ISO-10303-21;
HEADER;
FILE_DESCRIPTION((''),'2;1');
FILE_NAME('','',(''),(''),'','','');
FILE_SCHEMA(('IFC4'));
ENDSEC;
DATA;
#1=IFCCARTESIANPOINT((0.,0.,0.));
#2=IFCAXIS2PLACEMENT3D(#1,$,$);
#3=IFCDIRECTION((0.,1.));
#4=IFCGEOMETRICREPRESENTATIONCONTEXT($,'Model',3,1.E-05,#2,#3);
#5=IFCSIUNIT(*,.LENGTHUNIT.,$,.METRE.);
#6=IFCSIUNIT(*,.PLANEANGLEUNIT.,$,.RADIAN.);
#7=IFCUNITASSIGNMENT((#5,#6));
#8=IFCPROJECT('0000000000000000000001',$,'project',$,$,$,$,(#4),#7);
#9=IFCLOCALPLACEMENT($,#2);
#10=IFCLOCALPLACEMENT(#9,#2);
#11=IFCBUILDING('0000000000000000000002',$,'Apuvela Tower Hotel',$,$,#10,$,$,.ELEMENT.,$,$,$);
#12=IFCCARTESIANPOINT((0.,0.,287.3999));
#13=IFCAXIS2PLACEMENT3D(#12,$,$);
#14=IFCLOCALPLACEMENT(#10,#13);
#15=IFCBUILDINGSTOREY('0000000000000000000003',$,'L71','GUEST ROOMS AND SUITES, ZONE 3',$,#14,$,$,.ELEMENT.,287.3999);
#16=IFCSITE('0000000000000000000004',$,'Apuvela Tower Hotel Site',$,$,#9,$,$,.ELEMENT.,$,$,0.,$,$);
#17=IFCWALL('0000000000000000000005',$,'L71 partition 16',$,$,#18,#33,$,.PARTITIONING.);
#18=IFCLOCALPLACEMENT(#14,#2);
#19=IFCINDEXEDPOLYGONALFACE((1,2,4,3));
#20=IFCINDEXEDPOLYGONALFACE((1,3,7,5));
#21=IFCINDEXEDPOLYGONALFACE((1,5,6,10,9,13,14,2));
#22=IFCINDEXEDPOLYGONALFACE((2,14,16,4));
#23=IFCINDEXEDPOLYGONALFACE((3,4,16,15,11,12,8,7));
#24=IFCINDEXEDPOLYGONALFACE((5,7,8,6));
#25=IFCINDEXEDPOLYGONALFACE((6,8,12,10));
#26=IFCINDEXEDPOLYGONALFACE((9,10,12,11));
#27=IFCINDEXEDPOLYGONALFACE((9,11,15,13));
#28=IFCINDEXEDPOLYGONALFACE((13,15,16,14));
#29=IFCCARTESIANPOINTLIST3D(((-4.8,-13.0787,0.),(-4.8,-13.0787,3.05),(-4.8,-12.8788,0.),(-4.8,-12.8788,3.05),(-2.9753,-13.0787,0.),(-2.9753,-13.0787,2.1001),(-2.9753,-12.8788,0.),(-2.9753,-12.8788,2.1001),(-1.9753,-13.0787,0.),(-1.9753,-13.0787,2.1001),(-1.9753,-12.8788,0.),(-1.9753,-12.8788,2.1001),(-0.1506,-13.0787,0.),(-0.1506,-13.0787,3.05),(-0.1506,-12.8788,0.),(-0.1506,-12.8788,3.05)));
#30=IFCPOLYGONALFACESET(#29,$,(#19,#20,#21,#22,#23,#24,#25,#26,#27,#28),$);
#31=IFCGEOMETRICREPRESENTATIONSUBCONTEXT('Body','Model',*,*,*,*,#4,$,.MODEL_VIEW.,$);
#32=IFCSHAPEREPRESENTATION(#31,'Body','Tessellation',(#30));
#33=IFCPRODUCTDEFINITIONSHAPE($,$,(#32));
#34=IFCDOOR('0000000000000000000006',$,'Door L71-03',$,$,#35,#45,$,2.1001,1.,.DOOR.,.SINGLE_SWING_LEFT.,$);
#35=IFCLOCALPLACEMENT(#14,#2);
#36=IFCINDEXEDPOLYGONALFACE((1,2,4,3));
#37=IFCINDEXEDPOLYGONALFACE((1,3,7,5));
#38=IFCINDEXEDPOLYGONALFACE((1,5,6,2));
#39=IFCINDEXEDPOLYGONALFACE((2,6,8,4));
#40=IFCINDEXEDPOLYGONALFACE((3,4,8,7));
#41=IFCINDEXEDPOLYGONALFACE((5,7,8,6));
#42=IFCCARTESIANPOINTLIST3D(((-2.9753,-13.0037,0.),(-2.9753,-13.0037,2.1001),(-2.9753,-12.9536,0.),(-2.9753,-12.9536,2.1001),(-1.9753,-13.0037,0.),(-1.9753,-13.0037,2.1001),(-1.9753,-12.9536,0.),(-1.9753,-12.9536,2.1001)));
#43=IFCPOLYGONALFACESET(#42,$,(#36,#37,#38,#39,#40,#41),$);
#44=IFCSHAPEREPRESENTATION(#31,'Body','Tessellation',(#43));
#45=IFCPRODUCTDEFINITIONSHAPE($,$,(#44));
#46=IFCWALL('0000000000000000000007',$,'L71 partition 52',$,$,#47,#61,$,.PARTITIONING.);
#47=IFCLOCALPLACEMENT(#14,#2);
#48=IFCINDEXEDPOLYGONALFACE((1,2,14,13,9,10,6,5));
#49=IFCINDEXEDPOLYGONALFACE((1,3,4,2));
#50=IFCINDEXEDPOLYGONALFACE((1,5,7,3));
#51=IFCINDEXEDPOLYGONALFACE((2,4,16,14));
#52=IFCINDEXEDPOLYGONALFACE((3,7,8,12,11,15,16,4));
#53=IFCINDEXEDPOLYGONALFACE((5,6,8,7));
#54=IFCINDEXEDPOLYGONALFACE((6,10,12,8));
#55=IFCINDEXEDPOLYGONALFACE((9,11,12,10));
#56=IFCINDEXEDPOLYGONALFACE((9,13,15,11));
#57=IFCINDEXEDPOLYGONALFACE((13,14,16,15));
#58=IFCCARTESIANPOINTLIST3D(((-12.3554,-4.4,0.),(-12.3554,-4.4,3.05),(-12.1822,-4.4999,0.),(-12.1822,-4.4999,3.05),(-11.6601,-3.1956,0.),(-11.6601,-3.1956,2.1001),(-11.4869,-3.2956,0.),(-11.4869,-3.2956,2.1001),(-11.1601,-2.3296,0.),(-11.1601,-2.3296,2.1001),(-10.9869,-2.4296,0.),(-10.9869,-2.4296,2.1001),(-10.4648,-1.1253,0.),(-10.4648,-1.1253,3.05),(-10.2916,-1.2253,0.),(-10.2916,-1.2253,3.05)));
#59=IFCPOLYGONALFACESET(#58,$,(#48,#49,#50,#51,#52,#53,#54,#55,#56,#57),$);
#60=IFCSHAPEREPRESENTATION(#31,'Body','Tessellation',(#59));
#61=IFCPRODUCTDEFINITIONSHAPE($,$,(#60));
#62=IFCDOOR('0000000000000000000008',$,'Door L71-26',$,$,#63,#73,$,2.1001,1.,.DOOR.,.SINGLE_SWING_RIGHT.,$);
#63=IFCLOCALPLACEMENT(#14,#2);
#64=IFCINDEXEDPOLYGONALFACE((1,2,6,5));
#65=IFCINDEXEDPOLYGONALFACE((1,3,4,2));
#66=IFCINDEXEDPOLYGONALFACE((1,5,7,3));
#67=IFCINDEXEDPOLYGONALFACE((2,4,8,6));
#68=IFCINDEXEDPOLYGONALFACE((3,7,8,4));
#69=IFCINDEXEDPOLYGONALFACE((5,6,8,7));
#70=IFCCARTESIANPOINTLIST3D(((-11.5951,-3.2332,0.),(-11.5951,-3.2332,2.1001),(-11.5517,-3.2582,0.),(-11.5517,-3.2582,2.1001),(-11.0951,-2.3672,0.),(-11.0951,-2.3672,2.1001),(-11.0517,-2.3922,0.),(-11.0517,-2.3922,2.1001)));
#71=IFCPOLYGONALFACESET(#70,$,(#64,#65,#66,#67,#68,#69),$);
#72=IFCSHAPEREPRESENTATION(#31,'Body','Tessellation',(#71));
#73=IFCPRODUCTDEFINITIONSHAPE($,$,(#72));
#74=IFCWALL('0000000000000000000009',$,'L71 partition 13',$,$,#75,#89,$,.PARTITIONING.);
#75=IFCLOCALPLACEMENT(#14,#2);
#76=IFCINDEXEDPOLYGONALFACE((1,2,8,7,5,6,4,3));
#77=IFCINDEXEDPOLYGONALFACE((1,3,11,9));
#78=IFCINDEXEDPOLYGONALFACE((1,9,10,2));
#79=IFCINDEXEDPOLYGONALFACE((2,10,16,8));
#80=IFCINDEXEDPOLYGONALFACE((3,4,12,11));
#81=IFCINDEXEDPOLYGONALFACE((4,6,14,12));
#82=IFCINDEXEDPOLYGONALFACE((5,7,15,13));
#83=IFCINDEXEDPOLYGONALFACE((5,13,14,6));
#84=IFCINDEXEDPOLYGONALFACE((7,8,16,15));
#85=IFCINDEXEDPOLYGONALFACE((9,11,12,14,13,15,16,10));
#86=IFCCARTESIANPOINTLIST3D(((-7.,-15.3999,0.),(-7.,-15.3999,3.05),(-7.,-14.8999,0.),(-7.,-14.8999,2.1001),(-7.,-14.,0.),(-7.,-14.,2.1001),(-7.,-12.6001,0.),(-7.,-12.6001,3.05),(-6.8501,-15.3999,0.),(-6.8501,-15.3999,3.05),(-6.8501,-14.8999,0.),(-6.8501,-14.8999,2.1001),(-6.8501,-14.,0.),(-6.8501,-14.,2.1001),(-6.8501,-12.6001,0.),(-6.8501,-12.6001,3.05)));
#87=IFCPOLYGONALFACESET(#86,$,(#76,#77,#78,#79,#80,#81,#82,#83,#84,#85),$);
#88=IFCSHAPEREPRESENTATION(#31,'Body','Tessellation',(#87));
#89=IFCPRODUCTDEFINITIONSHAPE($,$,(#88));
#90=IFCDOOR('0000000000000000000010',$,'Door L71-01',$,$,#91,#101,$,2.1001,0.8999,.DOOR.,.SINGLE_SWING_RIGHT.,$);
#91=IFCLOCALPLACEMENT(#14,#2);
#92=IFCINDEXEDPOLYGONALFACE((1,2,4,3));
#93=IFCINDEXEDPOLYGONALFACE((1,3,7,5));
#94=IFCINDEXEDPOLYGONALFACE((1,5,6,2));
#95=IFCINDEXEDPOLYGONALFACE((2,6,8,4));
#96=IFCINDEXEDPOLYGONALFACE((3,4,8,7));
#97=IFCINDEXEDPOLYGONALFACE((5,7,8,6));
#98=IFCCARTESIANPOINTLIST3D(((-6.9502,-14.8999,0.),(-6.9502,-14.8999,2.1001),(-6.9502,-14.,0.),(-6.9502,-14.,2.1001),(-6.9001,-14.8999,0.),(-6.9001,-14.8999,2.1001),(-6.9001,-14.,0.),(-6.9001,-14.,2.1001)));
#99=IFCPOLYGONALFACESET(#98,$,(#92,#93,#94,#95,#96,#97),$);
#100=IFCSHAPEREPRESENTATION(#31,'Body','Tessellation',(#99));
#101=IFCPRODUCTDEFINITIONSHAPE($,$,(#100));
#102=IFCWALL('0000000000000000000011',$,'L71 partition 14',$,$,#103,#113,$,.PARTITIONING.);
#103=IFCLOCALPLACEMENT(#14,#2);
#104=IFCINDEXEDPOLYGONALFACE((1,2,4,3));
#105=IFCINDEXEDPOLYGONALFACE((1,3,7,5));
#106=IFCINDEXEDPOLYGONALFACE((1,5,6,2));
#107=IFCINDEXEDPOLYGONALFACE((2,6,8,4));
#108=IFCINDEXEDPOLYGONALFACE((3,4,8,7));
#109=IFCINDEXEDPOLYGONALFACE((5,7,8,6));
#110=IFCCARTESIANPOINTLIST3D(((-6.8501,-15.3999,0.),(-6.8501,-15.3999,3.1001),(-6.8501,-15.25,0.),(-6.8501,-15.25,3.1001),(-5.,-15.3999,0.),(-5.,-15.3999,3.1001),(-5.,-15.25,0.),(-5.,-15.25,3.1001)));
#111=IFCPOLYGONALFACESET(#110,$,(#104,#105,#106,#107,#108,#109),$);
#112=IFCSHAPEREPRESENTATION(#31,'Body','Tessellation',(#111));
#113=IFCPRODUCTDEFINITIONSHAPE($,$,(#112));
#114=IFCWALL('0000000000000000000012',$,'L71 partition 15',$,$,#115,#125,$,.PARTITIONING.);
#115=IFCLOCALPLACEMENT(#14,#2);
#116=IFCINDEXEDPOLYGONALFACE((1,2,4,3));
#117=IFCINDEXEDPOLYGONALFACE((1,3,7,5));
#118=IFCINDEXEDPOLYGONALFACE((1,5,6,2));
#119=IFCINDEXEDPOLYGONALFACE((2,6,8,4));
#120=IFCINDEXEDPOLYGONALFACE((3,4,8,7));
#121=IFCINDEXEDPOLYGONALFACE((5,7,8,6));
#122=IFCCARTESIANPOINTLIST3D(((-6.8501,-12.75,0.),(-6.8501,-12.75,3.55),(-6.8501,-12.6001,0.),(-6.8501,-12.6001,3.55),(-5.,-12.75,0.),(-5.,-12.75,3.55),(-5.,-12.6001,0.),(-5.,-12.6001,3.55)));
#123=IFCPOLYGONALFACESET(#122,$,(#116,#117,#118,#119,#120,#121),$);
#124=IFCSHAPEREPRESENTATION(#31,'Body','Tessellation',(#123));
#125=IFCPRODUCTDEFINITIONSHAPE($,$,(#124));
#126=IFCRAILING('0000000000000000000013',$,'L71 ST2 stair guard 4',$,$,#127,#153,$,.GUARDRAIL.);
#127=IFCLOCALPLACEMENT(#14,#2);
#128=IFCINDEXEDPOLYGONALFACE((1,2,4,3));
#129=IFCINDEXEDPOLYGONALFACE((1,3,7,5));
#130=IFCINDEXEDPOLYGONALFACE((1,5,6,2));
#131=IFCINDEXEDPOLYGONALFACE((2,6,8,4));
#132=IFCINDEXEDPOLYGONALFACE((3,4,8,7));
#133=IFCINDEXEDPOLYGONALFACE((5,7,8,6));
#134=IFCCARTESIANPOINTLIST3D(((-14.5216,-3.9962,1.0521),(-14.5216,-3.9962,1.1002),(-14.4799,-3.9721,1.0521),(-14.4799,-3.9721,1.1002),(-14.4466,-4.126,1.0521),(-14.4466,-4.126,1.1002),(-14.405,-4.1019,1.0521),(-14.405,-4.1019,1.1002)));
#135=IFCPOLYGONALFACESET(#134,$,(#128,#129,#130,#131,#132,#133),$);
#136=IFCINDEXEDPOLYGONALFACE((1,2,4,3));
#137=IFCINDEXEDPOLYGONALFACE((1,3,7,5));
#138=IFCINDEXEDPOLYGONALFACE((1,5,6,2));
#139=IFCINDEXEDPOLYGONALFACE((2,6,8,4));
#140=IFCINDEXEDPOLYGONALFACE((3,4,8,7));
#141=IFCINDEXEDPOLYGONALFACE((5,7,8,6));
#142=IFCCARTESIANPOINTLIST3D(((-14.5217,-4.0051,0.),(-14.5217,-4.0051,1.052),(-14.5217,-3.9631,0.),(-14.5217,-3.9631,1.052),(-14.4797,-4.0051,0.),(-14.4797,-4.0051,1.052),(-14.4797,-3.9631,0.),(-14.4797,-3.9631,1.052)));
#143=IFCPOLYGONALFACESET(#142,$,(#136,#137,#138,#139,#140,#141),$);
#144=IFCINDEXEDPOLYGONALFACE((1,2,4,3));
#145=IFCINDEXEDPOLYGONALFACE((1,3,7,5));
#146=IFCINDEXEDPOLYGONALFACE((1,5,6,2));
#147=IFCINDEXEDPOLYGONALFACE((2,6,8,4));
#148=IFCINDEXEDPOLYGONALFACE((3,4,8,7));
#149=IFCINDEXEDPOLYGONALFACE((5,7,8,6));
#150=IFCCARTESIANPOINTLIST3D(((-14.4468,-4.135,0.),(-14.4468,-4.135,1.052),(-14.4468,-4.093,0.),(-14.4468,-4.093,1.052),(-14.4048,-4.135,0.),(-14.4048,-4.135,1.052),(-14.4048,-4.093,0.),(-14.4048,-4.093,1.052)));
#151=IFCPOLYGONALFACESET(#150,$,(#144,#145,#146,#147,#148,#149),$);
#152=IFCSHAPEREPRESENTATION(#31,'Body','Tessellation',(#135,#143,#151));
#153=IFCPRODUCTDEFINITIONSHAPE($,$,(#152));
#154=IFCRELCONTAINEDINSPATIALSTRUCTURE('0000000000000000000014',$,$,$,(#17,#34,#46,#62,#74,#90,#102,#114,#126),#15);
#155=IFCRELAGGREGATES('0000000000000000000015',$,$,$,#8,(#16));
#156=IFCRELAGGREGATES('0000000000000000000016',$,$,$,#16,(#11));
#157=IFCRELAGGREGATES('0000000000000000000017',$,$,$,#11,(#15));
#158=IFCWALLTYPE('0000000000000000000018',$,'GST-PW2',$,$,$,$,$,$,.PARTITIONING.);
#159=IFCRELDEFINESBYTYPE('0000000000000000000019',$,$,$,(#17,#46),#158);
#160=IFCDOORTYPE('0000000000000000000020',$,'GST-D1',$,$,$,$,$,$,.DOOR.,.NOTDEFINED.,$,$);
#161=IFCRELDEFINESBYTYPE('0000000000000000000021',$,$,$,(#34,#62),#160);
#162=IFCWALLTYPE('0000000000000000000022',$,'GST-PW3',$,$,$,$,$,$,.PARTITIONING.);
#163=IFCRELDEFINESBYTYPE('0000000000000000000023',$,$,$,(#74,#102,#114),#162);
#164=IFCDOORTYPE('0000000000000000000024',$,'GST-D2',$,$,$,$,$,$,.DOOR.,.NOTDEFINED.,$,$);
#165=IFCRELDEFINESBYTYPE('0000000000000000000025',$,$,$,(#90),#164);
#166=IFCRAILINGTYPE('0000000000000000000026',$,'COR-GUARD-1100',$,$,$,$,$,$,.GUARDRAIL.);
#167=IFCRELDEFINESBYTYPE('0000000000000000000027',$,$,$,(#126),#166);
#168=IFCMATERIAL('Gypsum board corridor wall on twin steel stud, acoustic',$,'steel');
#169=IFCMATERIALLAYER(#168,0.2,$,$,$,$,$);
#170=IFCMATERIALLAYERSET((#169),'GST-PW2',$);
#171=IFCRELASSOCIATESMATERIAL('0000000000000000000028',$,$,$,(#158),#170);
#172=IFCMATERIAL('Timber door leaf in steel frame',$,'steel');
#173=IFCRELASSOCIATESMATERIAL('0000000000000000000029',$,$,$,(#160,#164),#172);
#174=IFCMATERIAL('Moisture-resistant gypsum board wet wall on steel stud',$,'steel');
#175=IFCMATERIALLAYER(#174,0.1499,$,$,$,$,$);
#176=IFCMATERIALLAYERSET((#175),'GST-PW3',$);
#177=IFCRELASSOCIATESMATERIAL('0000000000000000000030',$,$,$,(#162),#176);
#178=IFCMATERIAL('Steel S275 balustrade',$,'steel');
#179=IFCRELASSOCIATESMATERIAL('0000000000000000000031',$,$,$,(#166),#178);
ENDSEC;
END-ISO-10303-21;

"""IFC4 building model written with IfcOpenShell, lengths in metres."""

from ifc_helpers import new_model, si_unit, direction, frame, frame_2d, origin, origin_2d, place, context, subcontext, project, spatial, rectangle, extrude, material, layer, layer_set, type_object, element, fill, save


model = new_model("IFC4")

# Units and contexts
model_context = context("Model", 3, precision=1e-05, world=origin(), true_north=direction((0.0, 1.0)))
body_context = subcontext(model_context, "Body", "Model", "MODEL_VIEW")
ifc_project = project(units=[si_unit("LENGTHUNIT", "METRE"), si_unit("PLANEANGLEUNIT", "RADIAN")], contexts=[model_context])

# Site, building, storey
site_placement = place(None, origin())
site = spatial("IfcSite", under=ifc_project, at=site_placement, Name="Apuvela Tower Hotel Site", CompositionType="ELEMENT", RefElevation=0.0)
building_placement = place(site_placement, origin())
building = spatial("IfcBuilding", under=site, at=building_placement, Name="Apuvela Tower Hotel", CompositionType="ELEMENT")
storey_placement = place(building_placement, frame((0.0, 0.0, 287.3999)))
storey = spatial("IfcBuildingStorey", under=building, at=storey_placement, Name="L71", Description="GUEST ROOMS AND SUITES, ZONE 3", CompositionType="ELEMENT", Elevation=287.3999)

# Walls, openings, doors
ifc_material_1 = material(Name="Gypsum board corridor wall on twin steel stud, acoustic", Category="steel")
ifc_layer_1 = layer(ifc_material_1, 0.2)
ifc_layer_set_1 = layer_set([ifc_layer_1], Name="GST-PW2")
wall_type_1 = type_object("IfcWallType", Name="GST-PW2", PredefinedType="PARTITIONING", material=ifc_layer_set_1)
ifc_material_2 = material(Name="Timber door leaf in steel frame", Category="steel")
door_type_1 = type_object("IfcDoorType", Name="GST-D1", OperationType="NOTDEFINED", PredefinedType="DOOR", material=ifc_material_2)
wall_1_placement = place(storey_placement, frame((-0.1506, -12.9788, 0.0), z_axis=(0.0, 0.0, 1.0), x_axis=(-1.0, 0.0, 0.0)))
wall_1 = element("IfcWall", 1, at=wall_1_placement, inside=storey, type_object=wall_type_1, Name="L71 partition 16", PredefinedType="PARTITIONING", context=body_context, shape_type="SweptSolid", body=[
    extrude(rectangle(XDim=4.6494, YDim=0.2, at=frame_2d((2.3247, 0.0))), origin(), (0.0, 0.0, 1.0), 3.05),
])
opening_1_placement = place(wall_1_placement, frame((1.8247, 0.0, 0.0)))
opening_1 = element("IfcOpeningElement", 2, at=opening_1_placement, cuts=wall_1, PredefinedType="OPENING", context=body_context, shape_type="SweptSolid", body=[
    extrude(rectangle(XDim=1.0, YDim=2.1001, at=frame_2d((0.5, 1.05))), frame((0.0, 0.1099, 0.0), z_axis=(0.0, -1.0, 0.0), x_axis=(1.0, 0.0, 0.0)), (0.0, 0.0, 1.0), 0.22),
])
door_1_placement = place(opening_1_placement, origin())
door_1 = element("IfcDoor", 3, at=door_1_placement, inside=storey, type_object=door_type_1, Name="Door L71-03", OperationType="SINGLE_SWING_LEFT", OverallHeight=2.1001, OverallWidth=1.0, PredefinedType="DOOR", context=body_context, shape_type="SweptSolid", body=[
    extrude(rectangle(XDim=1.0, YDim=2.1001, at=frame_2d((0.5, 1.05))), frame((0.0, 0.0249, 0.0), z_axis=(0.0, -1.0, 0.0), x_axis=(1.0, 0.0, 0.0)), (0.0, 0.0, 1.0), 0.05),
])
fill(opening_1, door_1)
wall_2_placement = place(storey_placement, frame((-12.2688, -4.45, 0.0), z_axis=(0.0, 0.0, 1.0), x_axis=(0.5, 0.866025, 0.0)))
wall_2 = element("IfcWall", 4, at=wall_2_placement, inside=storey, type_object=wall_type_1, Name="L71 partition 52", PredefinedType="PARTITIONING", context=body_context, shape_type="SweptSolid", body=[
    extrude(rectangle(XDim=3.7812, YDim=0.2, at=frame_2d((1.8906, 0.0))), origin(), (0.0, 0.0, 1.0), 3.05),
])
opening_2_placement = place(wall_2_placement, frame((1.3906, 0.0, 0.0)))
opening_2 = element("IfcOpeningElement", 5, at=opening_2_placement, cuts=wall_2, PredefinedType="OPENING", context=body_context, shape_type="SweptSolid", body=[
    extrude(rectangle(XDim=1.0, YDim=2.1001, at=frame_2d((0.5, 1.05))), frame((0.0, 0.1099, 0.0), z_axis=(0.0, -1.0, 0.0), x_axis=(1.0, 0.0, 0.0)), (0.0, 0.0, 1.0), 0.22),
])
door_2_placement = place(opening_2_placement, origin())
door_2 = element("IfcDoor", 6, at=door_2_placement, inside=storey, type_object=door_type_1, Name="Door L71-26", OperationType="SINGLE_SWING_RIGHT", OverallHeight=2.1001, OverallWidth=1.0, PredefinedType="DOOR", context=body_context, shape_type="SweptSolid", body=[
    extrude(rectangle(XDim=1.0, YDim=2.1001, at=frame_2d((0.5, 1.05))), frame((0.0, 0.0249, 0.0), z_axis=(0.0, -1.0, 0.0), x_axis=(1.0, 0.0, 0.0)), (0.0, 0.0, 1.0), 0.05),
])
fill(opening_2, door_2)
ifc_material_3 = material(Name="Moisture-resistant gypsum board wet wall on steel stud", Category="steel")
ifc_layer_2 = layer(ifc_material_3, 0.1499)
ifc_layer_set_2 = layer_set([ifc_layer_2], Name="GST-PW3")
wall_type_2 = type_object("IfcWallType", Name="GST-PW3", PredefinedType="PARTITIONING", material=ifc_layer_set_2)
wall_3_placement = place(storey_placement, frame((-6.925, -12.6001, 0.0), z_axis=(0.0, 0.0, 1.0), x_axis=(0.0, -1.0, 0.0)))
wall_3 = element("IfcWall", 7, at=wall_3_placement, inside=storey, type_object=wall_type_2, Name="L71 partition 13", PredefinedType="PARTITIONING", context=body_context, shape_type="SweptSolid", body=[
    extrude(rectangle(XDim=2.7998, YDim=0.1499, at=frame_2d((1.3999, 0.0))), origin(), (0.0, 0.0, 1.0), 3.05),
])
opening_3_placement = place(wall_3_placement, frame((1.3999, 0.0, 0.0)))
opening_3 = element("IfcOpeningElement", 8, at=opening_3_placement, cuts=wall_3, PredefinedType="OPENING", context=body_context, shape_type="SweptSolid", body=[
    extrude(rectangle(XDim=0.8999, YDim=2.1001, at=frame_2d((0.45, 1.05))), frame((0.0, 0.085, 0.0), z_axis=(0.0, -1.0, 0.0), x_axis=(1.0, 0.0, 0.0)), (0.0, 0.0, 1.0), 0.1699),
])
door_type_2 = type_object("IfcDoorType", Name="GST-D2", OperationType="NOTDEFINED", PredefinedType="DOOR", material=ifc_material_2)
door_3_placement = place(opening_3_placement, origin())
door_3 = element("IfcDoor", 9, at=door_3_placement, inside=storey, type_object=door_type_2, Name="Door L71-01", OperationType="SINGLE_SWING_RIGHT", OverallHeight=2.1001, OverallWidth=0.8999, PredefinedType="DOOR", context=body_context, shape_type="SweptSolid", body=[
    extrude(rectangle(XDim=0.8999, YDim=2.1001, at=frame_2d((0.45, 1.05))), frame((0.0, 0.0249, 0.0), z_axis=(0.0, -1.0, 0.0), x_axis=(1.0, 0.0, 0.0)), (0.0, 0.0, 1.0), 0.05),
])
fill(opening_3, door_3)

# Walls
wall_4_placement = place(storey_placement, frame((-6.8501, -15.325, 0.0), z_axis=(0.0, 0.0, 1.0), x_axis=(1.0, 0.0, 0.0)))
element("IfcWall", 10, at=wall_4_placement, inside=storey, type_object=wall_type_2, Name="L71 partition 14", PredefinedType="PARTITIONING", context=body_context, shape_type="SweptSolid", body=[
    extrude(rectangle(XDim=1.8501, YDim=0.1499, at=frame_2d((0.925, 0.0))), origin(), (0.0, 0.0, 1.0), 3.1001),
])
wall_5_placement = place(storey_placement, frame((-6.8501, -12.675, 0.0), z_axis=(0.0, 0.0, 1.0), x_axis=(1.0, 0.0, 0.0)))
element("IfcWall", 11, at=wall_5_placement, inside=storey, type_object=wall_type_2, Name="L71 partition 15", PredefinedType="PARTITIONING", context=body_context, shape_type="SweptSolid", body=[
    extrude(rectangle(XDim=1.8501, YDim=0.1499, at=frame_2d((0.925, 0.0))), origin(), (0.0, 0.0, 1.0), 3.55),
])

# Railing
ifc_material_4 = material(Name="Steel S275 balustrade", Category="steel")
railing_type = type_object("IfcRailingType", Name="COR-GUARD-1100", PredefinedType="GUARDRAIL", material=ifc_material_4)
railing_placement = place(storey_placement, frame((-14.5007, -3.9841, 0.0)))
element("IfcRailing", 12, at=railing_placement, inside=storey, type_object=railing_type, Name="L71 ST2 stair guard 4", PredefinedType="GUARDRAIL", context=body_context, shape_type="SweptSolid", body=[
    extrude(rectangle(XDim=0.0481, YDim=0.0481, at=origin_2d()), frame((0.0, 0.0, 1.0762), z_axis=(0.499816, -0.866131, 0.0), x_axis=(0.866131, 0.499816, 0.0)), (0.0, 0.0, 1.0), 0.1499),
    extrude(rectangle(XDim=0.042, YDim=0.042, at=origin_2d()), origin(), (0.0, 0.0, 1.0), 1.052),
    extrude(rectangle(XDim=0.042, YDim=0.042, at=origin_2d()), frame((0.075, -0.1299, 0.0)), (0.0, 0.0, 1.0), 1.052),
])

save(model, "model.ifc")
